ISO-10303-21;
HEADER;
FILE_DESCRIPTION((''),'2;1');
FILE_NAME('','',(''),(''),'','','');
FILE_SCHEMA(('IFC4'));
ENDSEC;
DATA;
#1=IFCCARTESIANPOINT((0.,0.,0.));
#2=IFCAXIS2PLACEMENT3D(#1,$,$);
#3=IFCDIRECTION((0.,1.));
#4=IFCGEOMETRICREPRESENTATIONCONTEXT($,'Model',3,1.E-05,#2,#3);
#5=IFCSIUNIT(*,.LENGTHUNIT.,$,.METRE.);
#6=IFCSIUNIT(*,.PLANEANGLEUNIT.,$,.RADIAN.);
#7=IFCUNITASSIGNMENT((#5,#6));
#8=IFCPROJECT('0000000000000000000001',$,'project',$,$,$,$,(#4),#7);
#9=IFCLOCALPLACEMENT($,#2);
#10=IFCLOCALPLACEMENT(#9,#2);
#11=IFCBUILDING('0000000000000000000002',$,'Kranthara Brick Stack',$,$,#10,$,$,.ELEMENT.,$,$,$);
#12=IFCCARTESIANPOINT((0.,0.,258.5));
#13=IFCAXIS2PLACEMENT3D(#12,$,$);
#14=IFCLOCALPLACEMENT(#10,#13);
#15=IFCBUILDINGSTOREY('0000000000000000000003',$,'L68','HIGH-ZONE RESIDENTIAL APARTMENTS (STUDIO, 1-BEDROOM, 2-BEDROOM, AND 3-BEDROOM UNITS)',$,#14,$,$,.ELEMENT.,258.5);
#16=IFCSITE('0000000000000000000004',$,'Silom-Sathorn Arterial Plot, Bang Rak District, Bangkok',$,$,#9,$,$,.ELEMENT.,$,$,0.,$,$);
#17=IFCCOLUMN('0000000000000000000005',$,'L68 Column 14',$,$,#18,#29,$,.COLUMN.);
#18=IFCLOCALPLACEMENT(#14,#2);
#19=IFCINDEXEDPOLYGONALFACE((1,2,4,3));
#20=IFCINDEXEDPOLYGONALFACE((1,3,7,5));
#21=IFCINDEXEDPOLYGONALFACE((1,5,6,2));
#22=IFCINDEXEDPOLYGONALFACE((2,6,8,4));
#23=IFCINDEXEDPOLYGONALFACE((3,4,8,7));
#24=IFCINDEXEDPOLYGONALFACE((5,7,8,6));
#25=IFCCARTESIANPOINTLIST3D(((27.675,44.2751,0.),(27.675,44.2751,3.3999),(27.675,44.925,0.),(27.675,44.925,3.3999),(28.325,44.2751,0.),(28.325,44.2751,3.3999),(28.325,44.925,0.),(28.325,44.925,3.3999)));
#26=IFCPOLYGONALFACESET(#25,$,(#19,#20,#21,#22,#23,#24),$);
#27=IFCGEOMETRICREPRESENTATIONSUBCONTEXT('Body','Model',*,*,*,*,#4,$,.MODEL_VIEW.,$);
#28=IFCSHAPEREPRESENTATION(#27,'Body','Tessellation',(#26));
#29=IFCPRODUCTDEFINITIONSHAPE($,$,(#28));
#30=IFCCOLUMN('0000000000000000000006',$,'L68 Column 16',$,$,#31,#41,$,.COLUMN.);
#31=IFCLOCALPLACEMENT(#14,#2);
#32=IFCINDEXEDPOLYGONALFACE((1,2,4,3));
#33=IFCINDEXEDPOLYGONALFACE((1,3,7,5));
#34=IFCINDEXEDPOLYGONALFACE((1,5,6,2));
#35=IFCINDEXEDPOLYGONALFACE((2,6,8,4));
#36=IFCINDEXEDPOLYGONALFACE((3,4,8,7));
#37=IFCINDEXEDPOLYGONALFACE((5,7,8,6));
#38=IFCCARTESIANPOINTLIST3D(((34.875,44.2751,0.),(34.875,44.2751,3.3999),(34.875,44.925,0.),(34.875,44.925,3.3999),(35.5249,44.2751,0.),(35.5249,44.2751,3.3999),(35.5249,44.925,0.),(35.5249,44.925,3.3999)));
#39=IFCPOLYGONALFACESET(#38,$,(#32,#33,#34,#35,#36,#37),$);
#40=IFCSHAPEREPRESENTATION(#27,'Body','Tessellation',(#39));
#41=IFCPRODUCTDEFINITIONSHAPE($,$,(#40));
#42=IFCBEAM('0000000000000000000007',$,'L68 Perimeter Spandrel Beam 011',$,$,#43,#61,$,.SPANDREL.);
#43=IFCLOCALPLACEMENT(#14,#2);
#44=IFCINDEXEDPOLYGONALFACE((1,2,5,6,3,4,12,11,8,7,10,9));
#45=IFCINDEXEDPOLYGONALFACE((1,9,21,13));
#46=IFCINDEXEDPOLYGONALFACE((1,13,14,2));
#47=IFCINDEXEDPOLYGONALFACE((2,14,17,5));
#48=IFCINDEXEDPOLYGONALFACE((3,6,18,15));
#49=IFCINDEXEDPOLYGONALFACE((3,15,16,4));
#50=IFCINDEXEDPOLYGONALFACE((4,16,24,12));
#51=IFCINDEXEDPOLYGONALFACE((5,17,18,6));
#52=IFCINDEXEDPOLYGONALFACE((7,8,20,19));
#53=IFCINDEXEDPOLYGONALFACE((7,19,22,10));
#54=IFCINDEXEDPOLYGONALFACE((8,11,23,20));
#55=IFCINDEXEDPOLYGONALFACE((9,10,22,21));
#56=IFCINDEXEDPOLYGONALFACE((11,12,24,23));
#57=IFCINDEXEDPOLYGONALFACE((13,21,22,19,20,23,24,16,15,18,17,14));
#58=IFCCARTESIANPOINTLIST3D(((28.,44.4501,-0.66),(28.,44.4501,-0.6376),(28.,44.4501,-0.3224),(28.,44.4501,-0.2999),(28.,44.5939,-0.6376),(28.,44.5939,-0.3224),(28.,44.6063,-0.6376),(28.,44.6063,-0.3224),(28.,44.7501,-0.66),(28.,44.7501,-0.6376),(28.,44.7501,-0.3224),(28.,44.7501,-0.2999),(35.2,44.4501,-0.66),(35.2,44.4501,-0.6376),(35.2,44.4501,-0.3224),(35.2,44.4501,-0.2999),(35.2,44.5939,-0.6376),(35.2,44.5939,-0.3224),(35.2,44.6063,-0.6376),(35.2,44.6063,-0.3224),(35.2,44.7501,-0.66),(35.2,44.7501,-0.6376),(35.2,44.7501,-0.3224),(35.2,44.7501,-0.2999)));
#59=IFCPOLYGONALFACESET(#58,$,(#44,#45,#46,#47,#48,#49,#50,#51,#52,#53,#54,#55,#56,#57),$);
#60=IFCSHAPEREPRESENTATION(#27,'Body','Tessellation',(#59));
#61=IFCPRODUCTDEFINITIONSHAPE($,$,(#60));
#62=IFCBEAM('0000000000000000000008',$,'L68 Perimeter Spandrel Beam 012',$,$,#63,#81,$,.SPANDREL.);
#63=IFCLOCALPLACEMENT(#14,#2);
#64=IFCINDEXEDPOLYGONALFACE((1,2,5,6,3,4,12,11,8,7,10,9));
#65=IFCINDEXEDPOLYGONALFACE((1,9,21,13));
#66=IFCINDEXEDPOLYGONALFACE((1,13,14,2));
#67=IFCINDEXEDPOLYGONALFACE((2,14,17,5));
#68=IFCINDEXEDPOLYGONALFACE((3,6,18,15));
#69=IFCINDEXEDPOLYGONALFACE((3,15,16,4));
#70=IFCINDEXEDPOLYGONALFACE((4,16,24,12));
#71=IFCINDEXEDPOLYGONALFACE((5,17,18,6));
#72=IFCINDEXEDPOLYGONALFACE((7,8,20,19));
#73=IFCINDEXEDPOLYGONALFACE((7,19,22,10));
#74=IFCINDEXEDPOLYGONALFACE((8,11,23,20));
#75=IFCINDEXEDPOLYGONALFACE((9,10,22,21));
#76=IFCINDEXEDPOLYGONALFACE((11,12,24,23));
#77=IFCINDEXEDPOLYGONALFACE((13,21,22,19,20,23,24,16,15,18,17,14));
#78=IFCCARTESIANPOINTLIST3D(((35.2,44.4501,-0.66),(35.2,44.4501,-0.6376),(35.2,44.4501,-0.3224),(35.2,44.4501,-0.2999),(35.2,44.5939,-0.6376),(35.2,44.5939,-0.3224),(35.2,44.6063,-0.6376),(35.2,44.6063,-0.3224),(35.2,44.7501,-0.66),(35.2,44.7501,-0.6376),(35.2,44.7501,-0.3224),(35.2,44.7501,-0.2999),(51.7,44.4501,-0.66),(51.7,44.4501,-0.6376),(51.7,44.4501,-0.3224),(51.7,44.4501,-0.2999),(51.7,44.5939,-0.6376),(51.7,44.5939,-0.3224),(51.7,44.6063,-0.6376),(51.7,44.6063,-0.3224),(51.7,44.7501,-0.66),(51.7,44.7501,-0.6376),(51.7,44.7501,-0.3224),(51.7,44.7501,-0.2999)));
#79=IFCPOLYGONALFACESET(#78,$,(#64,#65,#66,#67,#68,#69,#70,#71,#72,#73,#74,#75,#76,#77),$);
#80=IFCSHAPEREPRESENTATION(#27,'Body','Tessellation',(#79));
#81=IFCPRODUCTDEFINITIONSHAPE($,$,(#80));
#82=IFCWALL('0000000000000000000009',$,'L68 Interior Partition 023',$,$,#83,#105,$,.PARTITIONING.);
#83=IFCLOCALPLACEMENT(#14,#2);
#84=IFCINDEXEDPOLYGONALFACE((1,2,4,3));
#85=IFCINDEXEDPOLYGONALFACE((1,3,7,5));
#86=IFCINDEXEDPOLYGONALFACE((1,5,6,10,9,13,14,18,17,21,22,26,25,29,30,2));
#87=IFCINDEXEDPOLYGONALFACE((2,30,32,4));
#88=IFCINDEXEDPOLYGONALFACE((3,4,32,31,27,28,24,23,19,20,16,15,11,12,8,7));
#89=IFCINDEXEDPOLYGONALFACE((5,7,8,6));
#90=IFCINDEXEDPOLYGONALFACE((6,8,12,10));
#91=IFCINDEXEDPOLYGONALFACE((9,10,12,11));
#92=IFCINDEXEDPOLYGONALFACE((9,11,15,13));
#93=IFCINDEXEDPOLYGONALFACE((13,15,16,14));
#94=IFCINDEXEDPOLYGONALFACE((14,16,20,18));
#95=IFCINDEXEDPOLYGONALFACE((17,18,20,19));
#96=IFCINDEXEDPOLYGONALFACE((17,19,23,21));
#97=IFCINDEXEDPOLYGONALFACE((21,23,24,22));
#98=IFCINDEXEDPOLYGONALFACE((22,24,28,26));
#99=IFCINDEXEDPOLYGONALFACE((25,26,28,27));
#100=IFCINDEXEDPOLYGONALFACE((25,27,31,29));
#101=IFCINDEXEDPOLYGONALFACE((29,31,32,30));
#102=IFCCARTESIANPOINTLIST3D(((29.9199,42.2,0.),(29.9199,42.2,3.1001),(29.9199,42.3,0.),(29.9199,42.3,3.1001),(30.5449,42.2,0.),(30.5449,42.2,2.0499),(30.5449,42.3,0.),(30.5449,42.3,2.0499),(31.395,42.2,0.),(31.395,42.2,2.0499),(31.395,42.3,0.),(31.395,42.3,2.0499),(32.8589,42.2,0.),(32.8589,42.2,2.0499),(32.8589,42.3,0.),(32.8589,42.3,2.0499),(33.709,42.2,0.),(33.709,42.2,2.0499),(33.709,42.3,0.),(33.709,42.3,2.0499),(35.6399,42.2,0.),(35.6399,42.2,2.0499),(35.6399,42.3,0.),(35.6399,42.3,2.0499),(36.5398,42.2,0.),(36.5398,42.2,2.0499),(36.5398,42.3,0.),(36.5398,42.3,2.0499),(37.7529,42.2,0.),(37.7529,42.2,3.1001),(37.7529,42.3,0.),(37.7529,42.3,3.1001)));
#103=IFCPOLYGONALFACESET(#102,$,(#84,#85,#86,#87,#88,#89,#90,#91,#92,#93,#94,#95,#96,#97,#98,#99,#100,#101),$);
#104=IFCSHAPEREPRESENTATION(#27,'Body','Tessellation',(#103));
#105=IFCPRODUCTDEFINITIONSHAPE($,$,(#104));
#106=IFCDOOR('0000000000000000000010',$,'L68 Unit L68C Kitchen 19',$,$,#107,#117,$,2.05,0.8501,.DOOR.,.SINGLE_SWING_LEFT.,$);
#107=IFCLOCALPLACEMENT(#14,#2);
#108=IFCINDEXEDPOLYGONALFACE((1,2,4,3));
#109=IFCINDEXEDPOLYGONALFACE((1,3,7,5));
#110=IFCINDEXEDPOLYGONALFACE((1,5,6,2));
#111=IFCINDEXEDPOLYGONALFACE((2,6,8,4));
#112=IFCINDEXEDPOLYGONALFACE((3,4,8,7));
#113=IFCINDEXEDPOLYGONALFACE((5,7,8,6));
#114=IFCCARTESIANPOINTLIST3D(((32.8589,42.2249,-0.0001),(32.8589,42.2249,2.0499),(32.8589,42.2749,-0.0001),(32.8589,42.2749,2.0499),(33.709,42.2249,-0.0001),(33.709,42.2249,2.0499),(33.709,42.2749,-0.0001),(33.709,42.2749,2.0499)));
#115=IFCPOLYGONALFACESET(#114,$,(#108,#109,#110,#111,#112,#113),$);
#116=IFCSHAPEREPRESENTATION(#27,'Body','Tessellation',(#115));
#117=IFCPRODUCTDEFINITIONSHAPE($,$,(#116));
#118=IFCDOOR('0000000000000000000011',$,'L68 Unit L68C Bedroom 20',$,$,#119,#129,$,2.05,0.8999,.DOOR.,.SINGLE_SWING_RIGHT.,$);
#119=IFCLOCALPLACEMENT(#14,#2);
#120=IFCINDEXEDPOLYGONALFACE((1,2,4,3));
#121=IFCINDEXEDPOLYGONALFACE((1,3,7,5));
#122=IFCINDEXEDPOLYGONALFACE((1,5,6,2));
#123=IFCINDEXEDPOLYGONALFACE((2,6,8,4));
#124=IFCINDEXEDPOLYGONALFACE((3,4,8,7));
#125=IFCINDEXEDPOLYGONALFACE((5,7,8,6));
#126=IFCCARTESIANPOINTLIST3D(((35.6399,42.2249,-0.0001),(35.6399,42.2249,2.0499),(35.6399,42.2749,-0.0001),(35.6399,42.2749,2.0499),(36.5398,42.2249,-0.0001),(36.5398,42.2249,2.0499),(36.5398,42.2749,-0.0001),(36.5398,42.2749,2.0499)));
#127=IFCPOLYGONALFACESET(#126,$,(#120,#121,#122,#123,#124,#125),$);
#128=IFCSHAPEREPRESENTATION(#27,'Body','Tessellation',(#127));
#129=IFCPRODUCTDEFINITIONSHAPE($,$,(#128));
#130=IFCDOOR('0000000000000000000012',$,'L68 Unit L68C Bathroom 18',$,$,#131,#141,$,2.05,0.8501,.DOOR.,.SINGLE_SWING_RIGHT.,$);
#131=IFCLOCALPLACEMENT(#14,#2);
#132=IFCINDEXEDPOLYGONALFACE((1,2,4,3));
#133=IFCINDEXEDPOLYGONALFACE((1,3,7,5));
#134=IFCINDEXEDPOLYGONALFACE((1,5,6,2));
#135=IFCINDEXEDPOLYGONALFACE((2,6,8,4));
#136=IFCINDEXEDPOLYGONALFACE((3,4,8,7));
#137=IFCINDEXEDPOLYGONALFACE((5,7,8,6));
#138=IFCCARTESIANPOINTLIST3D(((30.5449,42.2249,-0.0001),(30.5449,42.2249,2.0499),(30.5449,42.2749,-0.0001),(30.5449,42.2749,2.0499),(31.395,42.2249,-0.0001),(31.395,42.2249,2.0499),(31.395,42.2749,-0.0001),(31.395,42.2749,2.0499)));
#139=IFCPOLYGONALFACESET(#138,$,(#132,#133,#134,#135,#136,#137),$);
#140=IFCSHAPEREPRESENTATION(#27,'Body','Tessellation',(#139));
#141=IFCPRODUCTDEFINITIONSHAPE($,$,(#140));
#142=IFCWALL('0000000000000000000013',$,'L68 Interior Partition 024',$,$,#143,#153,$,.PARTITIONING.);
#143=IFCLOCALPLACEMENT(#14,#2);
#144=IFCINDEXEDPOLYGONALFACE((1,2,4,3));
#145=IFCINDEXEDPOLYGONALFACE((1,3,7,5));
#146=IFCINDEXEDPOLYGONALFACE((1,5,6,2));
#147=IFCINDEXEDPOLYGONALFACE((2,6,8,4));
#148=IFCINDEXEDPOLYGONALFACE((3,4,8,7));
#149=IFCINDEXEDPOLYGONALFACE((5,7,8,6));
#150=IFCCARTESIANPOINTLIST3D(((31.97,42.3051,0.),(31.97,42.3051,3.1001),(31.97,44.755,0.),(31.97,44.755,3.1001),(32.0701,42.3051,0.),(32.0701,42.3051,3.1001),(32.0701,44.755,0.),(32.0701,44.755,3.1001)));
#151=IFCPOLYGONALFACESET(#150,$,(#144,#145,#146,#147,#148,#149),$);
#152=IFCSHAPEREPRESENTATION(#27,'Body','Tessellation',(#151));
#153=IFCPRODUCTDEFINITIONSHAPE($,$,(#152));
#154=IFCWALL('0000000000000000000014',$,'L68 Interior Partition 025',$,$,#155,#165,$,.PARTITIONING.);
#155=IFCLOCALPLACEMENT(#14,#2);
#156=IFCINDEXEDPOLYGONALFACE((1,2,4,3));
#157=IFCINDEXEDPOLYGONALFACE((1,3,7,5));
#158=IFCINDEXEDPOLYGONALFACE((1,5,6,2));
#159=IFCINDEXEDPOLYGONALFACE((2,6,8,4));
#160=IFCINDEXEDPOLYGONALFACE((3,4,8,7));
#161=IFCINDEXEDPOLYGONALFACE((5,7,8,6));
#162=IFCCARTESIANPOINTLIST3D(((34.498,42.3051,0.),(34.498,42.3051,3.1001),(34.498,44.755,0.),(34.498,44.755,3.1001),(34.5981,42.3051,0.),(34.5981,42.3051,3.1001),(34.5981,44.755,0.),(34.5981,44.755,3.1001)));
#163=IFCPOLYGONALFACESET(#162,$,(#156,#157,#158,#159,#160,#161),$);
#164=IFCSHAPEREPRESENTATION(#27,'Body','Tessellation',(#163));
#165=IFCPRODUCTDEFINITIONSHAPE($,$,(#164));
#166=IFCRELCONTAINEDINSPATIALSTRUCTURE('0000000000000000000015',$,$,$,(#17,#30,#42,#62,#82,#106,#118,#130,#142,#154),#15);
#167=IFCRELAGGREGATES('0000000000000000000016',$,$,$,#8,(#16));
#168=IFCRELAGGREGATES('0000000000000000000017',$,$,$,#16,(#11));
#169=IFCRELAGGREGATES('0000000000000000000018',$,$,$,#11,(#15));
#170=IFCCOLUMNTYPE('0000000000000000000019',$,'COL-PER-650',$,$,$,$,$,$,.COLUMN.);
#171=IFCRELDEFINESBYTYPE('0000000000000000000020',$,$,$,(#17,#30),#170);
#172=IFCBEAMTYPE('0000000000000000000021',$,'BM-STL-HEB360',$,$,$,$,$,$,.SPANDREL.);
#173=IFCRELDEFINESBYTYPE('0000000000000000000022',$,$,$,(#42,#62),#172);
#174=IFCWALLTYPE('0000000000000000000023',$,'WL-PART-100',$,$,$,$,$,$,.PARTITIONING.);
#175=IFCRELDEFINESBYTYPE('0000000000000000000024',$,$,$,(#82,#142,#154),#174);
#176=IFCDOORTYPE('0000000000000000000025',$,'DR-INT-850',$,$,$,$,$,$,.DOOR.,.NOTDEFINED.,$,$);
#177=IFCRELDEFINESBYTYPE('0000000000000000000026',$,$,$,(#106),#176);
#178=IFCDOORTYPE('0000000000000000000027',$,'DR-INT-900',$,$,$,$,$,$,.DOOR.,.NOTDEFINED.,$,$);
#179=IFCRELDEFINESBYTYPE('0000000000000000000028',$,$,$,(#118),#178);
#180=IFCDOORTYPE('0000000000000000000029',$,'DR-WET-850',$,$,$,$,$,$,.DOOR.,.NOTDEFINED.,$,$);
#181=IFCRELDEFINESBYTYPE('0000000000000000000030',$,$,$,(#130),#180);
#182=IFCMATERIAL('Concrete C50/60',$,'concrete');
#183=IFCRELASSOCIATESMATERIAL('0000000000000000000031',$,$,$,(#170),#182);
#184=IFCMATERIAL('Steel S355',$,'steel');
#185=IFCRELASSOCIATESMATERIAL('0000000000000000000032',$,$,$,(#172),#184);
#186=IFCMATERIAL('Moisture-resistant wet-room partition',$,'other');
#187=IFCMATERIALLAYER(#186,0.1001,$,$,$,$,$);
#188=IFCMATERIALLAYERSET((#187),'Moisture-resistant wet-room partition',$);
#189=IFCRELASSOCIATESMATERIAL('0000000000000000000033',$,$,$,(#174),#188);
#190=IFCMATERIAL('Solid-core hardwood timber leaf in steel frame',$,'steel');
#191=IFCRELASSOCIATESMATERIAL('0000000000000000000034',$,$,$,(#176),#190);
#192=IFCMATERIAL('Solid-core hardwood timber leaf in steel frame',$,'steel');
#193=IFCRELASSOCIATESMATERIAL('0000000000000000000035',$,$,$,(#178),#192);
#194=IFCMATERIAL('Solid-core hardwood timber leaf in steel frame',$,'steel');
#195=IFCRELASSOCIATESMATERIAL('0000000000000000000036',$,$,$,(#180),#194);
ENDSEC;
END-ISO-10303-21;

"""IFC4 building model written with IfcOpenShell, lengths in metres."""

from ifc_helpers import new_model, si_unit, direction, frame, frame_2d, origin, origin_2d, place, context, subcontext, project, spatial, rectangle, i_section, extrude, material, layer, layer_set, material_profile, profile_set, type_object, element, fill, save


model = new_model("IFC4")

# Units and contexts
model_context = context("Model", 3, precision=1e-05, world=origin(), true_north=direction((0.0, 1.0)))
body_context = subcontext(model_context, "Body", "Model", "MODEL_VIEW")
ifc_project = project(units=[si_unit("LENGTHUNIT", "METRE"), si_unit("PLANEANGLEUNIT", "RADIAN")], contexts=[model_context])

# Site, building, storey
site_placement = place(None, origin())
site = spatial("IfcSite", under=ifc_project, at=site_placement, Name="Silom-Sathorn Arterial Plot, Bang Rak District, Bangkok", CompositionType="ELEMENT", RefElevation=0.0)
building_placement = place(site_placement, origin())
building = spatial("IfcBuilding", under=site, at=building_placement, Name="Kranthara Brick Stack", CompositionType="ELEMENT")
storey_placement = place(building_placement, frame((0.0, 0.0, 258.5)))
storey = spatial("IfcBuildingStorey", under=building, at=storey_placement, Name="L68", Description="HIGH-ZONE RESIDENTIAL APARTMENTS (STUDIO, 1-BEDROOM, 2-BEDROOM, AND 3-BEDROOM UNITS)", CompositionType="ELEMENT", Elevation=258.5)

# Columns
ifc_material_1 = material(Name="Concrete C50/60", Category="concrete")
ifc_material_profile_1 = material_profile(ifc_material_1, rectangle(XDim=0.6499, YDim=0.6499, at=origin_2d()), Name="RC 650x650")
ifc_profile_set_1 = profile_set([ifc_material_profile_1], Name="Concrete C50/60")
column_type = type_object("IfcColumnType", Name="COL-PER-650", PredefinedType="COLUMN", material=ifc_profile_set_1)
for number, where, z_axis, x_axis, name in (
    (1, (28.0, 44.6001, 0.0), (0.0, 0.0, 1.0), (1.0, 0.0, 0.0), "L68 Column 14"),
    (2, (35.2, 44.6001, 0.0), (0.0, 0.0, 1.0), (1.0, 0.0, 0.0), "L68 Column 16"),
):
    element("IfcColumn", number, at=place(storey_placement, frame(where, z_axis=z_axis, x_axis=x_axis)), inside=storey, type_object=column_type, Name=name, PredefinedType="COLUMN", context=body_context, shape_type="SweptSolid", body=[
        extrude(rectangle(XDim=0.6499, YDim=0.6499, at=origin_2d()), origin(), (0.0, 0.0, 1.0), 3.3999),
    ])

# Beams
ifc_material_2 = material(Name="Steel S355", Category="steel")
ifc_material_profile_2 = material_profile(ifc_material_2, i_section(OverallWidth=0.3, OverallDepth=0.3601, WebThickness=0.0125, FlangeThickness=0.0225, at=origin_2d()), Name="HEB 360")
ifc_profile_set_2 = profile_set([ifc_material_profile_2], Name="Steel S355")
beam_type = type_object("IfcBeamType", Name="BM-STL-HEB360", PredefinedType="SPANDREL", material=ifc_profile_set_2)
beam_1_placement = place(storey_placement, frame((28.0, 44.6001, -0.48), z_axis=(1.0, 0.0, 0.0), x_axis=(0.0, 1.0, 0.0)))
element("IfcBeam", 3, at=beam_1_placement, inside=storey, type_object=beam_type, Name="L68 Perimeter Spandrel Beam 011", PredefinedType="SPANDREL", context=body_context, shape_type="SweptSolid", body=[
    extrude(i_section(OverallWidth=0.3, OverallDepth=0.3601, WebThickness=0.0125, FlangeThickness=0.0225, at=origin_2d()), origin(), (0.0, 0.0, 1.0), 7.2),
])
beam_2_placement = place(storey_placement, frame((35.2, 44.6001, -0.48), z_axis=(1.0, 0.0, 0.0), x_axis=(0.0, 1.0, 0.0)))
element("IfcBeam", 4, at=beam_2_placement, inside=storey, type_object=beam_type, Name="L68 Perimeter Spandrel Beam 012", PredefinedType="SPANDREL", context=body_context, shape_type="SweptSolid", body=[
    extrude(i_section(OverallWidth=0.3, OverallDepth=0.3601, WebThickness=0.0125, FlangeThickness=0.0225, at=origin_2d()), origin(), (0.0, 0.0, 1.0), 16.5),
])

# Wall, openings, doors
ifc_material_3 = material(Name="Moisture-resistant wet-room partition", Category="other")
ifc_layer_1 = layer(ifc_material_3, 0.1001)
ifc_layer_set_1 = layer_set([ifc_layer_1], Name="Moisture-resistant wet-room partition")
wall_type_1 = type_object("IfcWallType", Name="WL-PART-100", PredefinedType="PARTITIONING", material=ifc_layer_set_1)
wall_1_placement = place(storey_placement, frame((29.9199, 42.25, 0.0), z_axis=(0.0, 0.0, 1.0), x_axis=(1.0, 0.0, 0.0)))
wall_1 = element("IfcWall", 5, at=wall_1_placement, inside=storey, type_object=wall_type_1, Name="L68 Interior Partition 023", PredefinedType="PARTITIONING", context=body_context, shape_type="SweptSolid", body=[
    extrude(rectangle(XDim=7.833, YDim=0.1001, at=frame_2d((3.9165, 0.0))), origin(), (0.0, 0.0, 1.0), 3.1001),
])
opening_1_placement = place(wall_1_placement, frame((0.625, 0.0, 0.0)))
opening_1 = element("IfcOpeningElement", 6, at=opening_1_placement, cuts=wall_1, PredefinedType="OPENING", context=body_context, shape_type="SweptSolid", body=[
    extrude(rectangle(XDim=0.8501, YDim=2.05, at=frame_2d((0.425, 1.0249))), frame((0.0, 0.0601, 0.0), z_axis=(0.0, -1.0, 0.0), x_axis=(1.0, 0.0, 0.0)), (0.0, 0.0, 1.0), 0.1201),
])
opening_2_placement = place(wall_1_placement, frame((2.939, 0.0, 0.0)))
opening_2 = element("IfcOpeningElement", 7, at=opening_2_placement, cuts=wall_1, PredefinedType="OPENING", context=body_context, shape_type="SweptSolid", body=[
    extrude(rectangle(XDim=0.8501, YDim=2.05, at=frame_2d((0.425, 1.0249))), frame((0.0, 0.0601, 0.0), z_axis=(0.0, -1.0, 0.0), x_axis=(1.0, 0.0, 0.0)), (0.0, 0.0, 1.0), 0.1201),
])
opening_3_placement = place(wall_1_placement, frame((5.72, 0.0, 0.0)))
opening_3 = element("IfcOpeningElement", 8, at=opening_3_placement, cuts=wall_1, PredefinedType="OPENING", context=body_context, shape_type="SweptSolid", body=[
    extrude(rectangle(XDim=0.8999, YDim=2.05, at=frame_2d((0.45, 1.0249))), frame((0.0, 0.0601, 0.0), z_axis=(0.0, -1.0, 0.0), x_axis=(1.0, 0.0, 0.0)), (0.0, 0.0, 1.0), 0.1201),
])
ifc_material_4 = material(Name="Solid-core hardwood timber leaf in steel frame", Category="steel")
door_type_1 = type_object("IfcDoorType", Name="DR-INT-850", OperationType="NOTDEFINED", PredefinedType="DOOR", material=ifc_material_4)
door_1_placement = place(opening_2_placement, origin())
door_1 = element("IfcDoor", 9, at=door_1_placement, inside=storey, type_object=door_type_1, Name="L68 Unit L68C Kitchen 19", OperationType="SINGLE_SWING_LEFT", OverallHeight=2.05, OverallWidth=0.8501, PredefinedType="DOOR", context=body_context, shape_type="SweptSolid", body=[
    extrude(rectangle(XDim=0.8501, YDim=2.05, at=frame_2d((0.425, 1.0249))), frame((0.0, 0.0249, 0.0), z_axis=(0.0, -1.0, 0.0), x_axis=(1.0, 0.0, 0.0)), (0.0, 0.0, 1.0), 0.05),
])
fill(opening_2, door_1)
ifc_material_5 = material(Name="Solid-core hardwood timber leaf in steel frame", Category="steel")
door_type_2 = type_object("IfcDoorType", Name="DR-INT-900", OperationType="NOTDEFINED", PredefinedType="DOOR", material=ifc_material_5)
door_2_placement = place(opening_3_placement, origin())
door_2 = element("IfcDoor", 10, at=door_2_placement, inside=storey, type_object=door_type_2, Name="L68 Unit L68C Bedroom 20", OperationType="SINGLE_SWING_RIGHT", OverallHeight=2.05, OverallWidth=0.8999, PredefinedType="DOOR", context=body_context, shape_type="SweptSolid", body=[
    extrude(rectangle(XDim=0.8999, YDim=2.05, at=frame_2d((0.45, 1.0249))), frame((0.0, 0.0249, 0.0), z_axis=(0.0, -1.0, 0.0), x_axis=(1.0, 0.0, 0.0)), (0.0, 0.0, 1.0), 0.05),
])
fill(opening_3, door_2)
ifc_material_6 = material(Name="Solid-core hardwood timber leaf in steel frame", Category="steel")
door_type_3 = type_object("IfcDoorType", Name="DR-WET-850", OperationType="NOTDEFINED", PredefinedType="DOOR", material=ifc_material_6)
door_3_placement = place(opening_1_placement, origin())
door_3 = element("IfcDoor", 11, at=door_3_placement, inside=storey, type_object=door_type_3, Name="L68 Unit L68C Bathroom 18", OperationType="SINGLE_SWING_RIGHT", OverallHeight=2.05, OverallWidth=0.8501, PredefinedType="DOOR", context=body_context, shape_type="SweptSolid", body=[
    extrude(rectangle(XDim=0.8501, YDim=2.05, at=frame_2d((0.425, 1.0249))), frame((0.0, 0.0249, 0.0), z_axis=(0.0, -1.0, 0.0), x_axis=(1.0, 0.0, 0.0)), (0.0, 0.0, 1.0), 0.05),
])
fill(opening_1, door_3)

# Walls
for number, where, z_axis, x_axis, name in (
    (12, (32.02, 42.3049, 0.0), (0.0, 0.0, 1.0), (0.0, 1.0, 0.0), "L68 Interior Partition 024"),
    (13, (34.5481, 42.3049, 0.0), (0.0, 0.0, 1.0), (0.0, 1.0, 0.0), "L68 Interior Partition 025"),
):
    element("IfcWall", number, at=place(storey_placement, frame(where, z_axis=z_axis, x_axis=x_axis)), inside=storey, type_object=wall_type_1, Name=name, PredefinedType="PARTITIONING", context=body_context, shape_type="SweptSolid", body=[
        extrude(rectangle(XDim=2.45, YDim=0.1001, at=frame_2d((1.2251, 0.0))), origin(), (0.0, 0.0, 1.0), 3.1001),
    ])

save(model, "model.ifc")
